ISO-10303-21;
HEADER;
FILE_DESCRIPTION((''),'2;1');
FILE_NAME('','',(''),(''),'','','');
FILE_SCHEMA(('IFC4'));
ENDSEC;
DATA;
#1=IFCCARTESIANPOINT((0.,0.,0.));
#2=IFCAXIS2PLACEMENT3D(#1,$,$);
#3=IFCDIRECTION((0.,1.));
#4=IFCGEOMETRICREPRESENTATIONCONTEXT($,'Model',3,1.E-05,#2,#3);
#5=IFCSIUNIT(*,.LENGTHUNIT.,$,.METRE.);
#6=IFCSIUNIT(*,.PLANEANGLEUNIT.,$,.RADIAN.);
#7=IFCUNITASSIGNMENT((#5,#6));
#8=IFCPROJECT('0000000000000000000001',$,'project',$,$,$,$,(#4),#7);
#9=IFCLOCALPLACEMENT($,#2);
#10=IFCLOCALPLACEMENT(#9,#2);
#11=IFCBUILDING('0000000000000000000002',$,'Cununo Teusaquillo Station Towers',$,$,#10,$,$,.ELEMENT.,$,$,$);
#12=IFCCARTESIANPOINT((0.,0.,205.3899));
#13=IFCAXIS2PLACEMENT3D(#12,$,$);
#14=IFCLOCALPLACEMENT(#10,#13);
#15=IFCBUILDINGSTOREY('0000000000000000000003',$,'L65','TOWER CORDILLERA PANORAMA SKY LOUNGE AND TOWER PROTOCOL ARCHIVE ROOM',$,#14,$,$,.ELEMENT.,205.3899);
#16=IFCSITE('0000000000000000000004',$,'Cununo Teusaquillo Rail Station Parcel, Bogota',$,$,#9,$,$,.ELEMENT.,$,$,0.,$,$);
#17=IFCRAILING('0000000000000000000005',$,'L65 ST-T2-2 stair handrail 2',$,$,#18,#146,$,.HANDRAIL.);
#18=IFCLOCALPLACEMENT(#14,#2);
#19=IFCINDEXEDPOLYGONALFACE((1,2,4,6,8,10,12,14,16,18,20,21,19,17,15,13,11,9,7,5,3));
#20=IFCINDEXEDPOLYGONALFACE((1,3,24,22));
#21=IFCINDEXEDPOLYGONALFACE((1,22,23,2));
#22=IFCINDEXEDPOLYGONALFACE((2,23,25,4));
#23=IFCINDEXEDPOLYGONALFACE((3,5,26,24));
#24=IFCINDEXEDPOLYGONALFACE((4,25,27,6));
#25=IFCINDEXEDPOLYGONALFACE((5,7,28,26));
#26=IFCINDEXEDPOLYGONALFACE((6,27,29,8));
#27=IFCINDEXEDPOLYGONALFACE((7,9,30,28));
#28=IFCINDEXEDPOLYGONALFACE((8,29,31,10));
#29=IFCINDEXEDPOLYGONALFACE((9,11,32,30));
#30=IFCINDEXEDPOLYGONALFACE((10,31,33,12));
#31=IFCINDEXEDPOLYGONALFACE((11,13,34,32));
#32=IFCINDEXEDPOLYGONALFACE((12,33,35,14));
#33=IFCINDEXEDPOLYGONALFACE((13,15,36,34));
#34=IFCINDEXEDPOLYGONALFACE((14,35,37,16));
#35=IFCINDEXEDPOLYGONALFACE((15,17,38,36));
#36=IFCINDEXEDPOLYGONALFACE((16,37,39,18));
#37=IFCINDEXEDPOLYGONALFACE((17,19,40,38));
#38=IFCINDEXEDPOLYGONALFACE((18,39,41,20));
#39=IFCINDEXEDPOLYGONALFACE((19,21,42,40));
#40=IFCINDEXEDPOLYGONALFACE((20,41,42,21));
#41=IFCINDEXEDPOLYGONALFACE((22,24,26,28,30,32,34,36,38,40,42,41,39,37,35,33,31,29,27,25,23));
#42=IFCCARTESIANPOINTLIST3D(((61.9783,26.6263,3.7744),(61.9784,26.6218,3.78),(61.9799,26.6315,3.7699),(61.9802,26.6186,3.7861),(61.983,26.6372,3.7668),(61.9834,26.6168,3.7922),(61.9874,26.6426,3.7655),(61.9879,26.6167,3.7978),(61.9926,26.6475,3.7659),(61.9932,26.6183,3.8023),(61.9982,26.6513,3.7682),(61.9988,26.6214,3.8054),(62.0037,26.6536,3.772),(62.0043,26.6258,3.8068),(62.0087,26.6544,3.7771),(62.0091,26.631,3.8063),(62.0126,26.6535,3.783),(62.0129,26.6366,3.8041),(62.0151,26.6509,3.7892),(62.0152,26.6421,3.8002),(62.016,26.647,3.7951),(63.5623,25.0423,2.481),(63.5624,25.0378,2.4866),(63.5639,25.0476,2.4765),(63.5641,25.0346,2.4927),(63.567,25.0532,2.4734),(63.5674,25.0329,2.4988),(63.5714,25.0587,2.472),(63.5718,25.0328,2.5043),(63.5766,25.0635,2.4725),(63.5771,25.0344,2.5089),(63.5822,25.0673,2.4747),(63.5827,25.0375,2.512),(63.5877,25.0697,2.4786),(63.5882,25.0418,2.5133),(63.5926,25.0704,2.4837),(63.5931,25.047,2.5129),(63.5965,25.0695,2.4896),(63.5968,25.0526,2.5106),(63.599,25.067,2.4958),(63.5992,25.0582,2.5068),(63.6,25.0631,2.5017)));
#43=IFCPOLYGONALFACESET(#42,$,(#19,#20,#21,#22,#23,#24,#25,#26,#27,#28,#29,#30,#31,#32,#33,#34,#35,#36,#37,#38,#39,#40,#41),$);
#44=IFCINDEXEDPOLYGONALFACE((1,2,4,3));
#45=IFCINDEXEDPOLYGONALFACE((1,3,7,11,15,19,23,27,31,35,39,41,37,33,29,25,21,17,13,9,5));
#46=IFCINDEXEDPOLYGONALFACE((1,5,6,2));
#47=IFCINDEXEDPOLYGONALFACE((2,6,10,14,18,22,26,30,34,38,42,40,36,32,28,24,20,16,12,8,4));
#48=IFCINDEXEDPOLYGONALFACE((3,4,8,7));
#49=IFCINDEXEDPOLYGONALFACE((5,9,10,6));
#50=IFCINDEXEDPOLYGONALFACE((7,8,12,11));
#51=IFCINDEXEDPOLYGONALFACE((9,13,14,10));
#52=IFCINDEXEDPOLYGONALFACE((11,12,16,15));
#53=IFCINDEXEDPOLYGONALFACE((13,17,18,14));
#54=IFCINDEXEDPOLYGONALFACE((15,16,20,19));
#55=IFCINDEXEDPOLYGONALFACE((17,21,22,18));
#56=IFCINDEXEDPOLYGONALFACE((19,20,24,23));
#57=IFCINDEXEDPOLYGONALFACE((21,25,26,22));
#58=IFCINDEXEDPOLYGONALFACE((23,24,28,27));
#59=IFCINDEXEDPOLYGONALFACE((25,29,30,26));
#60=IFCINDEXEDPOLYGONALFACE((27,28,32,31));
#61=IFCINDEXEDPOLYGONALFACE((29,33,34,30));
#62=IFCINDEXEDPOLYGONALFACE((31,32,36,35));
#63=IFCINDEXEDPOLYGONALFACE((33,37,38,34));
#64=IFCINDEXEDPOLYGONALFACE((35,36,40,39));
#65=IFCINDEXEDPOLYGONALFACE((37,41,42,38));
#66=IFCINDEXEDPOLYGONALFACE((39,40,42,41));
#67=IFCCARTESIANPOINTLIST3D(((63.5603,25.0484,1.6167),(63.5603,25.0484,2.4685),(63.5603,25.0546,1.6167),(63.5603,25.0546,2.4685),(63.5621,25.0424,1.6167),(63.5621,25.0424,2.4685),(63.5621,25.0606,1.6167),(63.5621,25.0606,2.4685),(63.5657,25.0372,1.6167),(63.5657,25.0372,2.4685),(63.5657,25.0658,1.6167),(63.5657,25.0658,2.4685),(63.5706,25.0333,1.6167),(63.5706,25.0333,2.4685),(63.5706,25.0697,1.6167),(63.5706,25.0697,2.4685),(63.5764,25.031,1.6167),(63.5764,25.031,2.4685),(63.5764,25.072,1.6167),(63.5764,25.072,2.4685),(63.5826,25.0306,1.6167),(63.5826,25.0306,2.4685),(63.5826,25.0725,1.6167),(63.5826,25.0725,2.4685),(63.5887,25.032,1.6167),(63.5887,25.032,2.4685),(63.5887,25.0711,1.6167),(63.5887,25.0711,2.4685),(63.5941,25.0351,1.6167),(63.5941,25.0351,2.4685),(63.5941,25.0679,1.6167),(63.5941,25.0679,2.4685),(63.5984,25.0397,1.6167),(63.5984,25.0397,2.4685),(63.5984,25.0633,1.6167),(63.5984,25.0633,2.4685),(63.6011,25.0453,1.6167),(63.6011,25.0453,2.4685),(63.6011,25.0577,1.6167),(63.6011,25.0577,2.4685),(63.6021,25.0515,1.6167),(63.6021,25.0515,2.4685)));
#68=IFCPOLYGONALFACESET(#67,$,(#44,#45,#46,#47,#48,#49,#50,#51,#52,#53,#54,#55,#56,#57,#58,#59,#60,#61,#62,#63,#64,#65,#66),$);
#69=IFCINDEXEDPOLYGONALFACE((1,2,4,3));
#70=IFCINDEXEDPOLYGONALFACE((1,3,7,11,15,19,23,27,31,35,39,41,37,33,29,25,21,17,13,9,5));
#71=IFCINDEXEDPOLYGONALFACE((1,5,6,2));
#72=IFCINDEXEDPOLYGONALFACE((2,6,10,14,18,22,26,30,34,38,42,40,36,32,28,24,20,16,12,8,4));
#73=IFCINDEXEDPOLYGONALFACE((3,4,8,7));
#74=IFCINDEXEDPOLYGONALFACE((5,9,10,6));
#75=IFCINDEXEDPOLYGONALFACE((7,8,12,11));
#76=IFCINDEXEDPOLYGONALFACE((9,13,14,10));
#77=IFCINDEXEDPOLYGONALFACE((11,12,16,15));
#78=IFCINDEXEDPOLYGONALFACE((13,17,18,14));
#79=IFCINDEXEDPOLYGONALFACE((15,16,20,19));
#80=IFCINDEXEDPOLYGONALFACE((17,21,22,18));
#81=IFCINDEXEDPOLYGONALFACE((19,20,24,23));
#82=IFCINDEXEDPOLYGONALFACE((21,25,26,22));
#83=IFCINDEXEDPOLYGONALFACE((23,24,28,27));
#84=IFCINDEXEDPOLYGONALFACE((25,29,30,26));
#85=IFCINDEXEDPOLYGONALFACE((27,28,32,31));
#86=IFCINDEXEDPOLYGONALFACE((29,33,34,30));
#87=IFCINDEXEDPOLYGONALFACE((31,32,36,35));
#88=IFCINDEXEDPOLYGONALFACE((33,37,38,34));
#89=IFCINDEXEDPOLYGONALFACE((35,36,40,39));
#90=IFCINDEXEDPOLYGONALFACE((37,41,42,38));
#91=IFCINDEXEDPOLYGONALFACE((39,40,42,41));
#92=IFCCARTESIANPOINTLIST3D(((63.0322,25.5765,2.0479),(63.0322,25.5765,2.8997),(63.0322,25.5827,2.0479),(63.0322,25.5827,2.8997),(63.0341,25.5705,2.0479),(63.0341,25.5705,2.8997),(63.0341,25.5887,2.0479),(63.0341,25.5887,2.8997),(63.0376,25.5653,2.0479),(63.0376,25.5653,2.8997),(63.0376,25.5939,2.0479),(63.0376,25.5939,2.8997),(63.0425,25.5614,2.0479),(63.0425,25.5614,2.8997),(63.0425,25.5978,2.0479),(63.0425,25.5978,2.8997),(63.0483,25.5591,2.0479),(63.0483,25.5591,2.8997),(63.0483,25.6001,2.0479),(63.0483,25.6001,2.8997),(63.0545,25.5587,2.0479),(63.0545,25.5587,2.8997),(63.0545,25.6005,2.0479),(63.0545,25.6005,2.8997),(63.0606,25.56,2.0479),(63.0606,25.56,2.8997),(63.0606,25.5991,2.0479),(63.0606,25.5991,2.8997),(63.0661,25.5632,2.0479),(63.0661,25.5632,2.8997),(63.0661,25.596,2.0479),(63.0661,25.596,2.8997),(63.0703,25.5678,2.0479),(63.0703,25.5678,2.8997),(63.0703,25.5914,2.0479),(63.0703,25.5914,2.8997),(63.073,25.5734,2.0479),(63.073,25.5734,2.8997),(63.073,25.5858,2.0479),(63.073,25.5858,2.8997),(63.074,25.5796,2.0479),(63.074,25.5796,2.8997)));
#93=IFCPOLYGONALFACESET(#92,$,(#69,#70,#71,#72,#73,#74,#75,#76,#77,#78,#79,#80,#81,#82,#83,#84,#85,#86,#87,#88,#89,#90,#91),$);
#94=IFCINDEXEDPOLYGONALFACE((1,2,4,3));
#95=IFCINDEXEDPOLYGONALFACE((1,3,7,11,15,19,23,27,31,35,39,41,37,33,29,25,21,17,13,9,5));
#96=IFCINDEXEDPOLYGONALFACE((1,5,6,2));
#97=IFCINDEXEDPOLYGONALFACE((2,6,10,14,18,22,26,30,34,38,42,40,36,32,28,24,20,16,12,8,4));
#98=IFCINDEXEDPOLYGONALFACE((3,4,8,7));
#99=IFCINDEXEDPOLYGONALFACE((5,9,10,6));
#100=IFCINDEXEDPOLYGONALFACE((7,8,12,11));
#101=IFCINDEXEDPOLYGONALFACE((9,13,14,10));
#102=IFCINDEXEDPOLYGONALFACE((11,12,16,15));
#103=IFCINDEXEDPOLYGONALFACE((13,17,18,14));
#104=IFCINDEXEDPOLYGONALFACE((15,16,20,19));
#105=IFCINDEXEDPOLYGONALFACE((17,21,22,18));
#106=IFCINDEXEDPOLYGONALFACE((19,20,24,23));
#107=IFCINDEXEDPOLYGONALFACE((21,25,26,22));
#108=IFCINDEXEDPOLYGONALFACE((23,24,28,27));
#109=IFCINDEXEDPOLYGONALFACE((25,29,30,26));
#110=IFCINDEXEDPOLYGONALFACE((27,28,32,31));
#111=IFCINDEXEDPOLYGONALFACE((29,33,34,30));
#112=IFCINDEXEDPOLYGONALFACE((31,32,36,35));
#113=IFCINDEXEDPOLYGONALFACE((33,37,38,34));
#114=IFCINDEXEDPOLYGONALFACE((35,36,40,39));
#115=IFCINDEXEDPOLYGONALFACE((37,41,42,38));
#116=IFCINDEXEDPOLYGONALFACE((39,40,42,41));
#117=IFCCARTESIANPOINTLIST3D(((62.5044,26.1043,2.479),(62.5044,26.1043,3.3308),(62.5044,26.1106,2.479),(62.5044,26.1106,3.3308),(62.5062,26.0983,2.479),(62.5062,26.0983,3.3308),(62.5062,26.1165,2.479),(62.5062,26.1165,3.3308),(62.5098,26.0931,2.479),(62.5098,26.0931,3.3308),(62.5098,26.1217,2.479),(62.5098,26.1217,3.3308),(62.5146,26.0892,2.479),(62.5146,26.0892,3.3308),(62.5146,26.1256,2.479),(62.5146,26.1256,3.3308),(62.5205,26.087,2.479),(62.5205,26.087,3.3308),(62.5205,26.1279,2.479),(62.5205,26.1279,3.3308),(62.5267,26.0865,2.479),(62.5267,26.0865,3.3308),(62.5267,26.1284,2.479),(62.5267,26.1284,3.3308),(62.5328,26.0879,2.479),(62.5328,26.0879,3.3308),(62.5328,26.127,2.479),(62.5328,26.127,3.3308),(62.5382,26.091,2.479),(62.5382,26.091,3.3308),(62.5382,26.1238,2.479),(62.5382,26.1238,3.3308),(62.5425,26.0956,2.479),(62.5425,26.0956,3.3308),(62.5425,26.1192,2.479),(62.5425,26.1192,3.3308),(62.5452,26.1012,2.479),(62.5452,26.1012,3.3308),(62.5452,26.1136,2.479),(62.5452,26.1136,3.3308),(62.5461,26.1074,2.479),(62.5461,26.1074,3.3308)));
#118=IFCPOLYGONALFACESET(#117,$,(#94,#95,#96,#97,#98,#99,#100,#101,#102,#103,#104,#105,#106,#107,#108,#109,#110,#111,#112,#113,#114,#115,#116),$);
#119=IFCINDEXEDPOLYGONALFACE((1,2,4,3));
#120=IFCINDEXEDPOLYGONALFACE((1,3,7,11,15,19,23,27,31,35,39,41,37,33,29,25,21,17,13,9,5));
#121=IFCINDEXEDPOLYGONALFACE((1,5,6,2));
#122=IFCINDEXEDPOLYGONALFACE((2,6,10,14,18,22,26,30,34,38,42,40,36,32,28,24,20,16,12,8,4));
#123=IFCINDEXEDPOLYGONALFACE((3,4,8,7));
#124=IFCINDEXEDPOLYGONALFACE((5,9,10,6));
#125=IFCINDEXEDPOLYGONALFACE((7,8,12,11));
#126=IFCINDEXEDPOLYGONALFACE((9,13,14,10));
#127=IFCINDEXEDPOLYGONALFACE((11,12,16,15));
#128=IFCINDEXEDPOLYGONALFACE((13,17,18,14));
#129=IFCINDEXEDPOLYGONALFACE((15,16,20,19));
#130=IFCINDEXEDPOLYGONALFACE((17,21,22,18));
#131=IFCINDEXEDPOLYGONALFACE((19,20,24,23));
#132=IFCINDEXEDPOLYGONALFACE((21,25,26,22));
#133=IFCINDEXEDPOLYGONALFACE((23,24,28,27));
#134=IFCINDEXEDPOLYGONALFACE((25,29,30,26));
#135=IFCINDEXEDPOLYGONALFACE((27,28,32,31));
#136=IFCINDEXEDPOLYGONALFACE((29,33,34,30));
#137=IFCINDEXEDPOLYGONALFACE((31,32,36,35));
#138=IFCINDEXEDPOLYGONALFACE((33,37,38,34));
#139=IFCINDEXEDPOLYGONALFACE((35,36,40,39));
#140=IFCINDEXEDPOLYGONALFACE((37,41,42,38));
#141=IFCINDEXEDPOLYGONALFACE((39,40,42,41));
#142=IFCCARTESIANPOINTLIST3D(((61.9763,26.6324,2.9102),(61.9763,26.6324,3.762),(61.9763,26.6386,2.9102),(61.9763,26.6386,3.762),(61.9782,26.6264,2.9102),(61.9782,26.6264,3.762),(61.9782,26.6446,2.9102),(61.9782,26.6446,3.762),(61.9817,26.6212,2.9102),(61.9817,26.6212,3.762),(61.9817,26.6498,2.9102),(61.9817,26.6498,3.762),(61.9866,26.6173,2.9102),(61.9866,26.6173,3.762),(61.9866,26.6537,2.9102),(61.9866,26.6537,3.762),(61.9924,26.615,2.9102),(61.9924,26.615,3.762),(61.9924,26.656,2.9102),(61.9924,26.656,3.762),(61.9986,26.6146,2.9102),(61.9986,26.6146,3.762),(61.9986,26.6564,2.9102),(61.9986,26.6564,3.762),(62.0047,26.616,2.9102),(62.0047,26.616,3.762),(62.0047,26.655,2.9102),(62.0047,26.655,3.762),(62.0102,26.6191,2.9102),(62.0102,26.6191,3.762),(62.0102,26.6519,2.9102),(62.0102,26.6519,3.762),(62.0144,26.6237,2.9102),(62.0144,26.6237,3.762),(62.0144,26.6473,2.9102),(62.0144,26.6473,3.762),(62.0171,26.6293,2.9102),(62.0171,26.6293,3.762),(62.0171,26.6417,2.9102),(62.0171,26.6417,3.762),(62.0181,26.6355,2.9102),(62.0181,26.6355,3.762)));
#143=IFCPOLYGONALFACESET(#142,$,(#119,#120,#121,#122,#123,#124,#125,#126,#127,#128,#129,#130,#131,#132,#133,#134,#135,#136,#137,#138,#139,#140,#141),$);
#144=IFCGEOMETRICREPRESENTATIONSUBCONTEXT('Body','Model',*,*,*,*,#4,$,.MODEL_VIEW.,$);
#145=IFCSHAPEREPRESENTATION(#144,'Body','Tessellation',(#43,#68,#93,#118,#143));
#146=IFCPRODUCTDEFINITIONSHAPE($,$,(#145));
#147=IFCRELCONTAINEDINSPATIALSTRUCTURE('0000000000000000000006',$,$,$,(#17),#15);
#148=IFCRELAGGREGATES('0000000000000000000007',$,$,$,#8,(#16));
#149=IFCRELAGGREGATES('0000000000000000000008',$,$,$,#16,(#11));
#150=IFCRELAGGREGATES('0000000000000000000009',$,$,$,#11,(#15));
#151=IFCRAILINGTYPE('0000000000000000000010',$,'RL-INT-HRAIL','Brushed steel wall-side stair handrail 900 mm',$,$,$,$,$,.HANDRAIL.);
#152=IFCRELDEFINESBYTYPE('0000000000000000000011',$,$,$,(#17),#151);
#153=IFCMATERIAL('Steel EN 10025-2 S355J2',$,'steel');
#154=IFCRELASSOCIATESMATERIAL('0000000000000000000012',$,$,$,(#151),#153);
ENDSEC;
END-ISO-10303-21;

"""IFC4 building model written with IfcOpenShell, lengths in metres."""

from ifc_helpers import new_model, si_unit, direction, frame, origin, origin_2d, place, context, subcontext, project, spatial, circle, extrude, material, type_object, element, save


model = new_model("IFC4")

# Units and contexts
model_context = context("Model", 3, precision=1e-05, world=origin(), true_north=direction((0.0, 1.0)))
body_context = subcontext(model_context, "Body", "Model", "MODEL_VIEW")
ifc_project = project(units=[si_unit("LENGTHUNIT", "METRE"), si_unit("PLANEANGLEUNIT", "RADIAN")], contexts=[model_context])

# Site, building, storey
site_placement = place(None, origin())
site = spatial("IfcSite", under=ifc_project, at=site_placement, Name="Cununo Teusaquillo Rail Station Parcel, Bogota", CompositionType="ELEMENT", RefElevation=0.0)
building_placement = place(site_placement, origin())
building = spatial("IfcBuilding", under=site, at=building_placement, Name="Cununo Teusaquillo Station Towers", CompositionType="ELEMENT")
storey_placement = place(building_placement, frame((0.0, 0.0, 205.3899)))
storey = spatial("IfcBuildingStorey", under=building, at=storey_placement, Name="L65", Description="TOWER CORDILLERA PANORAMA SKY LOUNGE AND TOWER PROTOCOL ARCHIVE ROOM", CompositionType="ELEMENT", Elevation=205.3899)

# Railing
ifc_material_1 = material(Name="Steel EN 10025-2 S355J2", Category="steel")
railing_type_1 = type_object("IfcRailingType", Name="RL-INT-HRAIL", Description="Brushed steel wall-side stair handrail 900 mm", PredefinedType="HANDRAIL", material=ifc_material_1)
railing_1_placement = place(storey_placement, frame((63.5811, 25.0515, 1.6167)))
element("IfcRailing", 1, at=railing_1_placement, inside=storey, type_object=railing_type_1, Name="L65 ST-T2-2 stair handrail 2", PredefinedType="HANDRAIL", context=body_context, shape_type="SweptSolid", body=[
    extrude(circle(Radius=0.0239, at=origin_2d()), frame((0.0, 0.0, 0.876), z_axis=(-0.612356, 0.612356, 0.50004), x_axis=(-0.707107, -0.707107, 0.0)), (0.0, 0.0, 1.0), 2.5867),
    extrude(circle(Radius=0.021, at=origin_2d()), origin(), (0.0, 0.0, 1.0), 0.8518),
    extrude(circle(Radius=0.021, at=origin_2d()), frame((-0.5281, 0.5281, 0.4312)), (0.0, 0.0, 1.0), 0.8518),
    extrude(circle(Radius=0.021, at=origin_2d()), frame((-1.0559, 1.0559, 0.8623)), (0.0, 0.0, 1.0), 0.8518),
    extrude(circle(Radius=0.021, at=origin_2d()), frame((-1.584, 1.584, 1.2935)), (0.0, 0.0, 1.0), 0.8518),
])

save(model, "model.ifc")
